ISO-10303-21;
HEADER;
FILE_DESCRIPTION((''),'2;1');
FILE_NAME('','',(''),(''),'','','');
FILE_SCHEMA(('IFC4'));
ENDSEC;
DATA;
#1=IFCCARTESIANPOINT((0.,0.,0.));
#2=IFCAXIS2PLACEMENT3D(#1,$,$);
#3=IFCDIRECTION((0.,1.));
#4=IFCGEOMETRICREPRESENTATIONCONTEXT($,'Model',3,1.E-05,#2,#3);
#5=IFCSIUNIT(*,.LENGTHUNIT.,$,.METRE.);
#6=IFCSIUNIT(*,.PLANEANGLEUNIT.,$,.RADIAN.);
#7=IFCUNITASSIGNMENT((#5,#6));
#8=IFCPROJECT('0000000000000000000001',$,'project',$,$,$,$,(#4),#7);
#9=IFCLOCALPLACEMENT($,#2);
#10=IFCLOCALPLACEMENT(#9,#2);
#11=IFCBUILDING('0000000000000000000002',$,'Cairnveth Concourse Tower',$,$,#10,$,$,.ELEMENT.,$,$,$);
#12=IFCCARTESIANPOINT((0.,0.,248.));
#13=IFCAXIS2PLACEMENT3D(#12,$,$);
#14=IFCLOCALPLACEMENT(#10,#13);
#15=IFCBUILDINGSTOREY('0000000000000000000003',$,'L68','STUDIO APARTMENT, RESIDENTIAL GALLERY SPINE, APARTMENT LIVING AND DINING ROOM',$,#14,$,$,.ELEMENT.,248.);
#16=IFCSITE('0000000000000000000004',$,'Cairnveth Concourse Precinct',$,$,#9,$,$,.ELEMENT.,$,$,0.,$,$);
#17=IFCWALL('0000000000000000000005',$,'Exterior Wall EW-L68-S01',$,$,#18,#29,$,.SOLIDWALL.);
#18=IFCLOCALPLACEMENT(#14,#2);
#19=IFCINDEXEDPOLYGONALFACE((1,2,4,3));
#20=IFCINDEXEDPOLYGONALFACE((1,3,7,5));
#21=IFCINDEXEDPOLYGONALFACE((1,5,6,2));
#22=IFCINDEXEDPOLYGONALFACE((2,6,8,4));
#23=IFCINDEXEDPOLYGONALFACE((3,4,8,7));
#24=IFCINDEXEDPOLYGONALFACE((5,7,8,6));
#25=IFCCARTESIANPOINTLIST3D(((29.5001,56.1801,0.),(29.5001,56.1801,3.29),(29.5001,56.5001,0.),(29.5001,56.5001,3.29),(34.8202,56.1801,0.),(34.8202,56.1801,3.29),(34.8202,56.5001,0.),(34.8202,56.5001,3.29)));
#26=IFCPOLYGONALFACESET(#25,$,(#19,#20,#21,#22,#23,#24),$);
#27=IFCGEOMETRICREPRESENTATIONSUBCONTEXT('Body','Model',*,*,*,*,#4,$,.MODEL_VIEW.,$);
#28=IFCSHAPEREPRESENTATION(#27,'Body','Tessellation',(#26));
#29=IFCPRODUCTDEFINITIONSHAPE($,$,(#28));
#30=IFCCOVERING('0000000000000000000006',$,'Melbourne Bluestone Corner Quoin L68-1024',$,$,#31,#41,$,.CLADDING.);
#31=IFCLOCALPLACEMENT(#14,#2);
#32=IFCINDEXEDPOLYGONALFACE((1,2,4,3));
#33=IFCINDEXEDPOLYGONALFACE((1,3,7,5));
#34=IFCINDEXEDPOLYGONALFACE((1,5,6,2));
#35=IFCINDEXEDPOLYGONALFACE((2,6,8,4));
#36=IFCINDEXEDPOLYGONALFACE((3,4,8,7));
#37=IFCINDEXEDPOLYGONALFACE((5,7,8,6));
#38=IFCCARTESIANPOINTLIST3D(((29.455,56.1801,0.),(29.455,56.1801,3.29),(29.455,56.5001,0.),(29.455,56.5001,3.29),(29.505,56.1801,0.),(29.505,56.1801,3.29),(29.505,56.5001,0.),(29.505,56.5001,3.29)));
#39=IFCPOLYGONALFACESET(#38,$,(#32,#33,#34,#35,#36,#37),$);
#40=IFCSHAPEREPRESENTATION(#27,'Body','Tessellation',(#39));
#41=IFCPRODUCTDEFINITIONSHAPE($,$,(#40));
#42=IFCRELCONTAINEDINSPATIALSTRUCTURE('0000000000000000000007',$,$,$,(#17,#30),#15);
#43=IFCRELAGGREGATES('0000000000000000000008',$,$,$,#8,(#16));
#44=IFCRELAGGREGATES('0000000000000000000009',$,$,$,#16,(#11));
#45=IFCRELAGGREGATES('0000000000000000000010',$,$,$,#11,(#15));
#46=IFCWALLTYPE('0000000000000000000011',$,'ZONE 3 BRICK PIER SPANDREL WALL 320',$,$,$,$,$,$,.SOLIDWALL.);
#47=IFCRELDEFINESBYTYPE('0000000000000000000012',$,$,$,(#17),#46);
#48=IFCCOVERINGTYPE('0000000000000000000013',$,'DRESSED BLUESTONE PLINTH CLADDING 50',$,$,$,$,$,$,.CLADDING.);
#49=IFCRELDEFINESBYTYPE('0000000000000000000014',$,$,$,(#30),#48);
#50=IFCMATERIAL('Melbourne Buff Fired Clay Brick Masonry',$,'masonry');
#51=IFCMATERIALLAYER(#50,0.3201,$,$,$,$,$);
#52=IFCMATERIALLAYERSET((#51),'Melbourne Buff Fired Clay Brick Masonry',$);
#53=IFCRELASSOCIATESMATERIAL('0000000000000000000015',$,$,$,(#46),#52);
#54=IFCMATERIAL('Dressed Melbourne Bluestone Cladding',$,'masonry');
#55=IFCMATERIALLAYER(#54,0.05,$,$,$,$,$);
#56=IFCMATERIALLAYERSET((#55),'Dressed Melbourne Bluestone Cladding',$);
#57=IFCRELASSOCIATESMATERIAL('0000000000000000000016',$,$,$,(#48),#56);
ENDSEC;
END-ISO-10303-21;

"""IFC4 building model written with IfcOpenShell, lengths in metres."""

from ifc_helpers import new_model, si_unit, direction, frame, frame_2d, origin, place, context, subcontext, project, spatial, rectangle, extrude, material, layer, layer_set, type_object, element, save


model = new_model("IFC4")

# Units and contexts
model_context = context("Model", 3, precision=1e-05, world=origin(), true_north=direction((0.0, 1.0)))
body_context = subcontext(model_context, "Body", "Model", "MODEL_VIEW")
ifc_project = project(units=[si_unit("LENGTHUNIT", "METRE"), si_unit("PLANEANGLEUNIT", "RADIAN")], contexts=[model_context])

# Site, building, storey
site_placement = place(None, origin())
site = spatial("IfcSite", under=ifc_project, at=site_placement, Name="Cairnveth Concourse Precinct", CompositionType="ELEMENT", RefElevation=0.0)
building_placement = place(site_placement, origin())
building = spatial("IfcBuilding", under=site, at=building_placement, Name="Cairnveth Concourse Tower", CompositionType="ELEMENT")
storey_placement = place(building_placement, frame((0.0, 0.0, 248.0)))
storey = spatial("IfcBuildingStorey", under=building, at=storey_placement, Name="L68", Description="STUDIO APARTMENT, RESIDENTIAL GALLERY SPINE, APARTMENT LIVING AND DINING ROOM", CompositionType="ELEMENT", Elevation=248.0)

# Wall
ifc_material_1 = material(Name="Melbourne Buff Fired Clay Brick Masonry", Category="masonry")
ifc_layer_1 = layer(ifc_material_1, 0.3201)
ifc_layer_set_1 = layer_set([ifc_layer_1], Name="Melbourne Buff Fired Clay Brick Masonry")
wall_type_1 = type_object("IfcWallType", Name="ZONE 3 BRICK PIER SPANDREL WALL 320", PredefinedType="SOLIDWALL", material=ifc_layer_set_1)
wall_1_placement = place(storey_placement, frame((29.5, 56.3401, 0.0), z_axis=(0.0, 0.0, 1.0), x_axis=(1.0, 0.0, 0.0)))
element("IfcWall", 1, at=wall_1_placement, inside=storey, type_object=wall_type_1, Name="Exterior Wall EW-L68-S01", PredefinedType="SOLIDWALL", context=body_context, shape_type="SweptSolid", body=[
    extrude(rectangle(XDim=5.3201, YDim=0.3201, at=frame_2d((2.6602, 0.0))), origin(), (0.0, 0.0, 1.0), 3.29),
])

# Covering
ifc_material_2 = material(Name="Dressed Melbourne Bluestone Cladding", Category="masonry")
ifc_layer_2 = layer(ifc_material_2, 0.05)
ifc_layer_set_2 = layer_set([ifc_layer_2], Name="Dressed Melbourne Bluestone Cladding")
covering_type = type_object("IfcCoveringType", Name="DRESSED BLUESTONE PLINTH CLADDING 50", PredefinedType="CLADDING", material=ifc_layer_set_2)
covering_placement = place(storey_placement, frame((29.48, 56.1799, 0.0), z_axis=(0.0, 0.0, 1.0), x_axis=(0.0, 1.0, 0.0)))
element("IfcCovering", 2, at=covering_placement, inside=storey, type_object=covering_type, Name="Melbourne Bluestone Corner Quoin L68-1024", PredefinedType="CLADDING", context=body_context, shape_type="SweptSolid", body=[
    extrude(rectangle(XDim=0.3201, YDim=0.05, at=frame_2d((0.1602, 0.0))), origin(), (0.0, 0.0, 1.0), 3.29),
])

save(model, "model.ifc")
